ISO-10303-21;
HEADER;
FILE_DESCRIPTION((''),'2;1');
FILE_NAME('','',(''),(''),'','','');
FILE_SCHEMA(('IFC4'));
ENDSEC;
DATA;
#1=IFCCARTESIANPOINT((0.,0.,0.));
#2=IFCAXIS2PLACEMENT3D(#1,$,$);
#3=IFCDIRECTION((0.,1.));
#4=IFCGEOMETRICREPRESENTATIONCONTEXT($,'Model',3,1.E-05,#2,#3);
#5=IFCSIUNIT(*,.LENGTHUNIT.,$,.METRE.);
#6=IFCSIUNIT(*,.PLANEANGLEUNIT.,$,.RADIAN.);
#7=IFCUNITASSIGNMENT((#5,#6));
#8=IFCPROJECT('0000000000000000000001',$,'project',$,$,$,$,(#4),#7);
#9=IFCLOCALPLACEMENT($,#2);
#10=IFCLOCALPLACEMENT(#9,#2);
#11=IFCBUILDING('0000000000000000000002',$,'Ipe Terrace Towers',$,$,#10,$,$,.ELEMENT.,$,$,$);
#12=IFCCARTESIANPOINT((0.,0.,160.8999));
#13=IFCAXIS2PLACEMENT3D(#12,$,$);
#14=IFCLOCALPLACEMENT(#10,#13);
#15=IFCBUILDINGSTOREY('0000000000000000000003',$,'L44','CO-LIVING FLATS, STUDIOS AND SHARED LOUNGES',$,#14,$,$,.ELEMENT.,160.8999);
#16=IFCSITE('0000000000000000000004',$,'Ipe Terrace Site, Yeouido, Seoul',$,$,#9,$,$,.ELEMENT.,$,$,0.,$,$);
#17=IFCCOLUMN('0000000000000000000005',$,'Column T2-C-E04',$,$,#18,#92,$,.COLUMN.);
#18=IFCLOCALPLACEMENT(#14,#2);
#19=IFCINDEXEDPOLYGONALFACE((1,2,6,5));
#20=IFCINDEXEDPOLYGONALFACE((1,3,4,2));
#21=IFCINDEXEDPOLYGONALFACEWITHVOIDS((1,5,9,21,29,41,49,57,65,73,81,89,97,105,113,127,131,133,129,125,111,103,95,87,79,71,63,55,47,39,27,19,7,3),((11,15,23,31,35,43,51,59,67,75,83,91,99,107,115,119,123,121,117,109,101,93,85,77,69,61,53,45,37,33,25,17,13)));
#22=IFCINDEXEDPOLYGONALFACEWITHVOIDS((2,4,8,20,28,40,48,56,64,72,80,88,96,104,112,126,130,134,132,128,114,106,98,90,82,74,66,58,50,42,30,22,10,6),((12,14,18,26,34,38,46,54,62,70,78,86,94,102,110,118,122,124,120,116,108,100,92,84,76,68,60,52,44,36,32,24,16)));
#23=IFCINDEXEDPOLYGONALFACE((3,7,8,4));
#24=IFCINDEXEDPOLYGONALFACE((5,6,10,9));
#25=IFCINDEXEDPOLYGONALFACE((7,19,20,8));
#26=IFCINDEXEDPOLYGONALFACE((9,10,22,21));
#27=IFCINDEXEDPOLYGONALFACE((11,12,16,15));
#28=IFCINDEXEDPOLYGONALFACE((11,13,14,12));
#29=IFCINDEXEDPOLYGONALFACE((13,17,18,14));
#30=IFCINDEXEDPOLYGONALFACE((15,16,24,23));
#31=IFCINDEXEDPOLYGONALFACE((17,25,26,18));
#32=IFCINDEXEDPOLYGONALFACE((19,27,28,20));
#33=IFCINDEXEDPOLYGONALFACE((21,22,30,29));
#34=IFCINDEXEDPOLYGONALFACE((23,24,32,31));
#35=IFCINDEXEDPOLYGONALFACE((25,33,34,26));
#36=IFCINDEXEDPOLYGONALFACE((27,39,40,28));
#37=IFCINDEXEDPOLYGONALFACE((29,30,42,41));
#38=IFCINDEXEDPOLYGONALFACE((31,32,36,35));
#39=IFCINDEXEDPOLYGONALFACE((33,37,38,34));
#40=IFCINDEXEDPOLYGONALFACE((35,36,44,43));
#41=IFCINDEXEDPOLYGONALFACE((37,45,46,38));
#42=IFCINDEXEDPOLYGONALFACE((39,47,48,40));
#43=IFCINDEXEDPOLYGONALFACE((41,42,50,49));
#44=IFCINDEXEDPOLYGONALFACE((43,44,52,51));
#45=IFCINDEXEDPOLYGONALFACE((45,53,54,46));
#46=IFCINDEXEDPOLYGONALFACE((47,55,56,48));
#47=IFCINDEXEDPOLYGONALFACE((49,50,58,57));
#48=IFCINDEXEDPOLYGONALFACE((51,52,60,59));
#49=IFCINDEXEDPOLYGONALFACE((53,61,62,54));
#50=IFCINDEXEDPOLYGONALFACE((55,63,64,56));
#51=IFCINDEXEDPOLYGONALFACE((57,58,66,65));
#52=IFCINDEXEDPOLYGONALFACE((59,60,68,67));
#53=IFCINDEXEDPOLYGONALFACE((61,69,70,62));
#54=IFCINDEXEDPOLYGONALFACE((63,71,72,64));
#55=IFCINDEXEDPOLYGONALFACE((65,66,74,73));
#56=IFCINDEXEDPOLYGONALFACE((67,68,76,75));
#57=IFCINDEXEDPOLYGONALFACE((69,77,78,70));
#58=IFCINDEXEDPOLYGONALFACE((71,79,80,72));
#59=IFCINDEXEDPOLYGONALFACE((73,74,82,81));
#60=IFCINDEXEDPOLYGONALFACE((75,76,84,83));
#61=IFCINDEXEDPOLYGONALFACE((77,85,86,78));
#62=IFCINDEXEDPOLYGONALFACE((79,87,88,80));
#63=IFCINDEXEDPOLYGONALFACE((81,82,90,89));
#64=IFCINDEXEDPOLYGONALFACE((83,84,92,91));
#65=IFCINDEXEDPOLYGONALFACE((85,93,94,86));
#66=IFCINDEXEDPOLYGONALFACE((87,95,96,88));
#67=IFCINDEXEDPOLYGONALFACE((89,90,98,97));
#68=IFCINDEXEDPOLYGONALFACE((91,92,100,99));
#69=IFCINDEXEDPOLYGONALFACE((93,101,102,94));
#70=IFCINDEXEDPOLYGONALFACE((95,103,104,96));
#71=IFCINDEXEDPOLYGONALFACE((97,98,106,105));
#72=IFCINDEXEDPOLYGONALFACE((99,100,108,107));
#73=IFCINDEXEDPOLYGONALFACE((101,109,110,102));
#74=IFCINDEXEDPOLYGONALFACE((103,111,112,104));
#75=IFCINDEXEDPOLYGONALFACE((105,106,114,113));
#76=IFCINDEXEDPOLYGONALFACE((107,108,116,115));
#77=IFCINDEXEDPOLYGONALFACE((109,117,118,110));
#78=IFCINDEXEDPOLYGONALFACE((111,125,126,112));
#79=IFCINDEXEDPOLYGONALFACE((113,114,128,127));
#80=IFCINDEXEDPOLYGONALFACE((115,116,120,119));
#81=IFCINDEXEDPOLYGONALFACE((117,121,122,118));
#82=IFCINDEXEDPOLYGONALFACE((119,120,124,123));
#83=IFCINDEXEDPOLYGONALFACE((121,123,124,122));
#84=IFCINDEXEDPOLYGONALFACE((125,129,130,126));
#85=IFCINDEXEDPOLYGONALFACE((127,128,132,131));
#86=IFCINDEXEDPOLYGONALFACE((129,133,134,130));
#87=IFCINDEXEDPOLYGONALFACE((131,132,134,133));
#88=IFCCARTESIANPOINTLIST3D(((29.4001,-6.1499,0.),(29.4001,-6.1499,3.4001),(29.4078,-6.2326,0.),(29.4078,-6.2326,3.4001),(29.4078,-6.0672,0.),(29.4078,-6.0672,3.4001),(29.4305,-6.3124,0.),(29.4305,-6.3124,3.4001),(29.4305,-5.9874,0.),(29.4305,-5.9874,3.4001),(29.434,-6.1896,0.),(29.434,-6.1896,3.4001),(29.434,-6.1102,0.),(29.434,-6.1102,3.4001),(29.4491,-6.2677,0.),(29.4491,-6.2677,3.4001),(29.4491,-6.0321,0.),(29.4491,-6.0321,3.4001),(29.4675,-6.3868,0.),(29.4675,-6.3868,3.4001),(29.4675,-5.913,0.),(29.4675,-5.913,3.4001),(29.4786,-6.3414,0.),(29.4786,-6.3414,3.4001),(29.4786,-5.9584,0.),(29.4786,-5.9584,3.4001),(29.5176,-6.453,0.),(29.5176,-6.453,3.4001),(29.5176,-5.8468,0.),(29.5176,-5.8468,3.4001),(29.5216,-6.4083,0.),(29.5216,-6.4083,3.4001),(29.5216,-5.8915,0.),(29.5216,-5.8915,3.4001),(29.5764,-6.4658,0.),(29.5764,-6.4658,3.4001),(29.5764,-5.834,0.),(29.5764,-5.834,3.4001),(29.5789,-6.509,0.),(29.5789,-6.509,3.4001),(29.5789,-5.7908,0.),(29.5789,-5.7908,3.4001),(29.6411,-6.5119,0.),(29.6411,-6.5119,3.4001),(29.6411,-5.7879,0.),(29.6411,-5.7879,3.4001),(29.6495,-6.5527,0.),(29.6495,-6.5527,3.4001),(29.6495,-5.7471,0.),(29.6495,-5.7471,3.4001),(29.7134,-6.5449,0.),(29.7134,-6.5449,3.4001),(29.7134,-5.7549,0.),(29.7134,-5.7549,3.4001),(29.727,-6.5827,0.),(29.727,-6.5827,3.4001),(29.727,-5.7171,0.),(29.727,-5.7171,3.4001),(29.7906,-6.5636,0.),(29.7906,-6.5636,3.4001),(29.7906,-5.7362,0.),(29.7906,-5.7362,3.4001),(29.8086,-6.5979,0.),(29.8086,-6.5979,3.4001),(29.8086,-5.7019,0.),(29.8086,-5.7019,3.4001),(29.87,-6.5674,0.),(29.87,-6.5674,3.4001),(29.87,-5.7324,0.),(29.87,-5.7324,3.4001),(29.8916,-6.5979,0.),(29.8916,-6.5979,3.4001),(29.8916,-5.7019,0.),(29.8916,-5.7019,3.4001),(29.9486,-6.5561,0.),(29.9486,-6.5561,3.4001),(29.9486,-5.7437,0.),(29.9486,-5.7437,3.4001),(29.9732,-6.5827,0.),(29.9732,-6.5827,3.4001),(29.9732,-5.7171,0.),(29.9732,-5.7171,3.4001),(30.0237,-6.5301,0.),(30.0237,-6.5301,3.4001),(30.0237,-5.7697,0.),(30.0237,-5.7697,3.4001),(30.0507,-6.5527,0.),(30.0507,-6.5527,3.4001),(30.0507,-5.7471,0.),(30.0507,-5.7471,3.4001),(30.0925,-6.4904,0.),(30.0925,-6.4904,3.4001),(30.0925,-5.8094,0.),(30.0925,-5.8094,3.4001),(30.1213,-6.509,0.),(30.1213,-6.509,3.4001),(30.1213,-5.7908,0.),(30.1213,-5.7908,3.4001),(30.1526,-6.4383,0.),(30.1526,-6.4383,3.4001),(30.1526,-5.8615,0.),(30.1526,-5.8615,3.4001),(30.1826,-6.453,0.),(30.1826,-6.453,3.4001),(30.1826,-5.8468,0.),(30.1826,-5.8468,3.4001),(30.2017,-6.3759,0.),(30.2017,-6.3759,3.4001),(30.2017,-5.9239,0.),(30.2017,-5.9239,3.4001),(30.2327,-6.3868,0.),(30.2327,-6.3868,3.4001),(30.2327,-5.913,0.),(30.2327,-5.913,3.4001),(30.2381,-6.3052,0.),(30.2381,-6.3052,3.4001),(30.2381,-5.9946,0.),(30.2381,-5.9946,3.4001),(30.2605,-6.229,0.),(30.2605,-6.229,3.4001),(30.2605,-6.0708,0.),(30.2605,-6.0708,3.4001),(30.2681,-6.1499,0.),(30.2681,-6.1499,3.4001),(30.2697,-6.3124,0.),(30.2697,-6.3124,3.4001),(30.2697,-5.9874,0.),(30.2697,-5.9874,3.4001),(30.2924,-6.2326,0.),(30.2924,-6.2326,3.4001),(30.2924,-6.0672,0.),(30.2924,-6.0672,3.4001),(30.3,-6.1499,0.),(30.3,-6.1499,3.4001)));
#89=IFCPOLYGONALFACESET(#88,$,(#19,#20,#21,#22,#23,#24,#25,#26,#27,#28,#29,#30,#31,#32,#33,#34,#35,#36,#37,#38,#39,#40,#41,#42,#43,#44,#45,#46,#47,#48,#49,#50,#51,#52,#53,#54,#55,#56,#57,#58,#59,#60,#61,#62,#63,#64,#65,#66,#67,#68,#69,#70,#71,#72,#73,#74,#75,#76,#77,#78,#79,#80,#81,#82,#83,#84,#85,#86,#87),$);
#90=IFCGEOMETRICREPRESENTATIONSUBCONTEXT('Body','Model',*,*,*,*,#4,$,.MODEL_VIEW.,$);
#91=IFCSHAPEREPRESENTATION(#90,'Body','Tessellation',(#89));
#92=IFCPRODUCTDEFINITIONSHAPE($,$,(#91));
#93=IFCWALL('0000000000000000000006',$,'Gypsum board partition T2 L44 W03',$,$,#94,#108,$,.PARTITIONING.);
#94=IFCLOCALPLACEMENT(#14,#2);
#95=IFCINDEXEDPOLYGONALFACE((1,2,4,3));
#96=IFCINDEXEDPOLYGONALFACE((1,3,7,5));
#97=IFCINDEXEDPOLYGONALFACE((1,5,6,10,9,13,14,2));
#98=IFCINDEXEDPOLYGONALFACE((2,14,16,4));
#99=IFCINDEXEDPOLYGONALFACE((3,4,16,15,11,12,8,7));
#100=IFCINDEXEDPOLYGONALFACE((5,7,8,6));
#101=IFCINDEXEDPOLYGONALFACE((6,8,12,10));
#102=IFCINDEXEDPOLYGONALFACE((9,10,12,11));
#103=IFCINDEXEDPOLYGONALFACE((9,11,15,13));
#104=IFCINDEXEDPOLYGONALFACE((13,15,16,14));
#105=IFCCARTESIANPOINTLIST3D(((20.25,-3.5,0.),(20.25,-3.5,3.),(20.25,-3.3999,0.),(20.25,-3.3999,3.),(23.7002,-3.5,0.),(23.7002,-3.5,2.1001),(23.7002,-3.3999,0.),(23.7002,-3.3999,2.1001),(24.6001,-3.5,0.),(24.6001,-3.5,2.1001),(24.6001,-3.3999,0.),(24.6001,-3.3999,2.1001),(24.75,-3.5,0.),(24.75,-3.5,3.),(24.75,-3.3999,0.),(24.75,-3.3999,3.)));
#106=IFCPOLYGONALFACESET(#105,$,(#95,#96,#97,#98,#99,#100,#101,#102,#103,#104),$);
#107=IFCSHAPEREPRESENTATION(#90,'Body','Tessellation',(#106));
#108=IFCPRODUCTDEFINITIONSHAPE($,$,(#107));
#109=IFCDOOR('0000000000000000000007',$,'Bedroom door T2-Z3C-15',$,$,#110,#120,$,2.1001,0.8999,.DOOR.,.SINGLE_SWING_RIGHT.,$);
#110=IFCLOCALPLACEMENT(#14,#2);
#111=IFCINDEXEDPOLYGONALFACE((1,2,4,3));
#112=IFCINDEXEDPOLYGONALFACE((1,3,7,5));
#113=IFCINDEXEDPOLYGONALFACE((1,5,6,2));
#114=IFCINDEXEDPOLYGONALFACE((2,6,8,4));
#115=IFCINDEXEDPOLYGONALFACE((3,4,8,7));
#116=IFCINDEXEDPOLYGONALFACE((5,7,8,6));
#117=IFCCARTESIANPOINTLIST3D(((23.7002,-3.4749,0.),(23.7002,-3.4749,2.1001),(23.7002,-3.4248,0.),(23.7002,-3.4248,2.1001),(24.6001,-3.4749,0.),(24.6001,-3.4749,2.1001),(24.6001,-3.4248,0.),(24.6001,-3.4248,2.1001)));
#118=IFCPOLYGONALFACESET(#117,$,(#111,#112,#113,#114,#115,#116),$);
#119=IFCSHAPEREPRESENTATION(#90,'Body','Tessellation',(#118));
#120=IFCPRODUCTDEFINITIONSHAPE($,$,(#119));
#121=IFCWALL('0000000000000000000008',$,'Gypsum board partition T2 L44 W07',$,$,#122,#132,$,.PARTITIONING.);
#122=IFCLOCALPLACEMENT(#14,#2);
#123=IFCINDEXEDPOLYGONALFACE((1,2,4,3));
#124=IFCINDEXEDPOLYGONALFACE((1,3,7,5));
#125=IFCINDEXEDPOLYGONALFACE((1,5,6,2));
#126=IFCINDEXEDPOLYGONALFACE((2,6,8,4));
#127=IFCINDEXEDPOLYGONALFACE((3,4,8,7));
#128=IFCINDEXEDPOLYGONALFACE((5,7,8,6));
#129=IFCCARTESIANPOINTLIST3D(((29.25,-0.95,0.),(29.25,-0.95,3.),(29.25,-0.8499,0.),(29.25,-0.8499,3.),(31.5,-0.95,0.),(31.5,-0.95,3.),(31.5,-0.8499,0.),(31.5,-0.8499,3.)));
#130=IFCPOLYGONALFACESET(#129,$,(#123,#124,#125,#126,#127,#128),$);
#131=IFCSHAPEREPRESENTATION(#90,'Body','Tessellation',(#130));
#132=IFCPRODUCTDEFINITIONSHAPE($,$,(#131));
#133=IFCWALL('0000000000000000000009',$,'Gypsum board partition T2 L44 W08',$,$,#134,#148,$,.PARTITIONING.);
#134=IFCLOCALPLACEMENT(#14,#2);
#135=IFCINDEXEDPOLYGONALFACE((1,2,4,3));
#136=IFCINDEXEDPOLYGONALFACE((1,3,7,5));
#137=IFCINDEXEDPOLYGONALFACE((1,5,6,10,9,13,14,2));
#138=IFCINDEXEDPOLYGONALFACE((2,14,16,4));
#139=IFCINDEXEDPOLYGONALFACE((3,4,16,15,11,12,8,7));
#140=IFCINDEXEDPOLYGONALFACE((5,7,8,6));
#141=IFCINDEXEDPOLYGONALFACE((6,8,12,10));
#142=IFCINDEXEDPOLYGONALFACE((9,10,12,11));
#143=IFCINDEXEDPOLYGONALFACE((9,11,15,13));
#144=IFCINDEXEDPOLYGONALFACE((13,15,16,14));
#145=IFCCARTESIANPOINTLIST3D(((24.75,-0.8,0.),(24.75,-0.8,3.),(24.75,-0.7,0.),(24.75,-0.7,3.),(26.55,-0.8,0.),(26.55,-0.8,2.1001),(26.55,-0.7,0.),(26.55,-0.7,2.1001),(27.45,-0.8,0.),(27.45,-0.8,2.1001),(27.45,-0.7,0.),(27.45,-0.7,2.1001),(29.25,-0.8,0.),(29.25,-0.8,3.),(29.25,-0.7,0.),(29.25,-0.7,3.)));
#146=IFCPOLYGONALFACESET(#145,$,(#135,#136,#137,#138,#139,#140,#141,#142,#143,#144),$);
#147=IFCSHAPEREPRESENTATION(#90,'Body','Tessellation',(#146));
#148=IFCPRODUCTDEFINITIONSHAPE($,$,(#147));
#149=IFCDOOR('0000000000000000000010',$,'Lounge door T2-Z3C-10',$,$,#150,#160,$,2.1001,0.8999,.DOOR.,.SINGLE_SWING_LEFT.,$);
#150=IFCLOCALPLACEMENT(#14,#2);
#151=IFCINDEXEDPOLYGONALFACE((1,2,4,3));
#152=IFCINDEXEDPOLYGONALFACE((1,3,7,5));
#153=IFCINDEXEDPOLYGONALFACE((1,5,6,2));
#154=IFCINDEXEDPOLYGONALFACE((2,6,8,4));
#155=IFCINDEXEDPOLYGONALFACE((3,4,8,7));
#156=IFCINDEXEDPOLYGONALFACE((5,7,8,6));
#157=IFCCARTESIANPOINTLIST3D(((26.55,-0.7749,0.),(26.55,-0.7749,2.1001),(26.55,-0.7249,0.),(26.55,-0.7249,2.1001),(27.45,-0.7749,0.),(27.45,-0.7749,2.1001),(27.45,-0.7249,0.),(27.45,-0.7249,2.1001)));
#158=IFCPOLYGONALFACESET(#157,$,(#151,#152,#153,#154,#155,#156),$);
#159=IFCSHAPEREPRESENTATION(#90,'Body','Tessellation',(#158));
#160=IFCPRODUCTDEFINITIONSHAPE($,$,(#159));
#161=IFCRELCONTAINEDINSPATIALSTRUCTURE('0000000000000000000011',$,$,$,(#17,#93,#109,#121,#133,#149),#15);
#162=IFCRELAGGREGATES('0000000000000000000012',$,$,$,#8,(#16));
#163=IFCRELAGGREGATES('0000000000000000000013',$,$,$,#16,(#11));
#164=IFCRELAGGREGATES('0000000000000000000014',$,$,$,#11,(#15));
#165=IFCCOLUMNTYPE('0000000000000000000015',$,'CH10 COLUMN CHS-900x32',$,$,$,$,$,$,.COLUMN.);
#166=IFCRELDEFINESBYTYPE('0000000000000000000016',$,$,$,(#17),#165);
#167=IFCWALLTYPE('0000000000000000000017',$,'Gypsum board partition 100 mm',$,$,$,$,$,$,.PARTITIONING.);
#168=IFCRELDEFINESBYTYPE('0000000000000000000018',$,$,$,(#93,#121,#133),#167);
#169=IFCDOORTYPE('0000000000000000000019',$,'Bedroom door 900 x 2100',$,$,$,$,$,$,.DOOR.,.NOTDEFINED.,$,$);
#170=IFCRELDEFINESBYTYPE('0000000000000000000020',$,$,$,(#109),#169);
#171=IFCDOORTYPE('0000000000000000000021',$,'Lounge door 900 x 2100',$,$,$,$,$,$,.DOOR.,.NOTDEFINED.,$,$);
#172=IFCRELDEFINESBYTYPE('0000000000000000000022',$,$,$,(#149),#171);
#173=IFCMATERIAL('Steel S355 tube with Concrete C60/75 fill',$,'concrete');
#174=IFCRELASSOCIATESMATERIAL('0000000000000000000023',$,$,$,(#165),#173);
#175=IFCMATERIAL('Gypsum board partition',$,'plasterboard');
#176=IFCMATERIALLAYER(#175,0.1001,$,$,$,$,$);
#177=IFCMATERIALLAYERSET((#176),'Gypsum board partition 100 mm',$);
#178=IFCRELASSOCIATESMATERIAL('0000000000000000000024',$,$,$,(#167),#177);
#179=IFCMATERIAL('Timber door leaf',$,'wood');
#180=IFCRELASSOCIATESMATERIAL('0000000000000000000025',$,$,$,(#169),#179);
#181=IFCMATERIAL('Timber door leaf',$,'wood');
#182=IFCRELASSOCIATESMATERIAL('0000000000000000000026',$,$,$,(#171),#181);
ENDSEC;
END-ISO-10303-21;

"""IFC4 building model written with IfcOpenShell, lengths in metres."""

from ifc_helpers import new_model, si_unit, direction, frame, frame_2d, origin, origin_2d, place, context, subcontext, project, spatial, rectangle, hollow_circle, extrude, material, layer, layer_set, material_profile, profile_set, type_object, element, fill, save


model = new_model("IFC4")

# Units and contexts
model_context = context("Model", 3, precision=1e-05, world=origin(), true_north=direction((0.0, 1.0)))
body_context = subcontext(model_context, "Body", "Model", "MODEL_VIEW")
ifc_project = project(units=[si_unit("LENGTHUNIT", "METRE"), si_unit("PLANEANGLEUNIT", "RADIAN")], contexts=[model_context])

# Site, building, storey
site_placement = place(None, origin())
site = spatial("IfcSite", under=ifc_project, at=site_placement, Name="Ipe Terrace Site, Yeouido, Seoul", CompositionType="ELEMENT", RefElevation=0.0)
building_placement = place(site_placement, origin())
building = spatial("IfcBuilding", under=site, at=building_placement, Name="Ipe Terrace Towers", CompositionType="ELEMENT")
storey_placement = place(building_placement, frame((0.0, 0.0, 160.8999)))
storey = spatial("IfcBuildingStorey", under=building, at=storey_placement, Name="L44", Description="CO-LIVING FLATS, STUDIOS AND SHARED LOUNGES", CompositionType="ELEMENT", Elevation=160.8999)

# Column
ifc_material_1 = material(Name="Steel S355 tube with Concrete C60/75 fill", Category="concrete")
ifc_material_profile = material_profile(ifc_material_1, hollow_circle(Radius=0.45, WallThickness=0.032, at=origin_2d()), Name="CHS-900x32")
ifc_profile_set = profile_set([ifc_material_profile], Name="Steel S355 tube with Concrete C60/75 fill")
column_type = type_object("IfcColumnType", Name="CH10 COLUMN CHS-900x32", PredefinedType="COLUMN", material=ifc_profile_set)
column_placement = place(storey_placement, frame((29.8501, -6.1499, 0.0), z_axis=(0.0, 0.0, 1.0), x_axis=(1.0, 0.0, 0.0)))
element("IfcColumn", 1, at=column_placement, inside=storey, type_object=column_type, Name="Column T2-C-E04", PredefinedType="COLUMN", context=body_context, shape_type="SweptSolid", body=[
    extrude(hollow_circle(Radius=0.45, WallThickness=0.032, at=origin_2d()), origin(), (0.0, 0.0, 1.0), 3.4001),
])

# Wall, opening, door
ifc_material_2 = material(Name="Gypsum board partition", Category="plasterboard")
ifc_layer_1 = layer(ifc_material_2, 0.1001)
ifc_layer_set_1 = layer_set([ifc_layer_1], Name="Gypsum board partition 100 mm")
wall_type_1 = type_object("IfcWallType", Name="Gypsum board partition 100 mm", PredefinedType="PARTITIONING", material=ifc_layer_set_1)
wall_1_placement = place(storey_placement, frame((24.75, -3.45, 0.0), z_axis=(0.0, 0.0, 1.0), x_axis=(-1.0, 0.0, 0.0)))
wall_1 = element("IfcWall", 2, at=wall_1_placement, inside=storey, type_object=wall_type_1, Name="Gypsum board partition T2 L44 W03", PredefinedType="PARTITIONING", context=body_context, shape_type="SweptSolid", body=[
    extrude(rectangle(XDim=4.5, YDim=0.1001, at=frame_2d((2.25, 0.0))), origin(), (0.0, 0.0, 1.0), 3.0),
])
opening_1_placement = place(wall_1_placement, frame((0.1499, 0.0, 0.0)))
opening_1 = element("IfcOpeningElement", 3, at=opening_1_placement, cuts=wall_1, PredefinedType="OPENING", context=body_context, shape_type="SweptSolid", body=[
    extrude(rectangle(XDim=0.8999, YDim=2.1001, at=frame_2d((0.45, 1.05))), frame((0.0, 0.0601, 0.0), z_axis=(0.0, -1.0, 0.0), x_axis=(1.0, 0.0, 0.0)), (0.0, 0.0, 1.0), 0.1201),
])
ifc_material_3 = material(Name="Timber door leaf", Category="wood")
door_type_1 = type_object("IfcDoorType", Name="Bedroom door 900 x 2100", OperationType="NOTDEFINED", PredefinedType="DOOR", material=ifc_material_3)
door_1_placement = place(opening_1_placement, origin())
door_1 = element("IfcDoor", 4, at=door_1_placement, inside=storey, type_object=door_type_1, Name="Bedroom door T2-Z3C-15", OperationType="SINGLE_SWING_RIGHT", OverallHeight=2.1001, OverallWidth=0.8999, PredefinedType="DOOR", context=body_context, shape_type="SweptSolid", body=[
    extrude(rectangle(XDim=0.8999, YDim=2.1001, at=frame_2d((0.45, 1.05))), frame((0.0, 0.0249, 0.0), z_axis=(0.0, -1.0, 0.0), x_axis=(1.0, 0.0, 0.0)), (0.0, 0.0, 1.0), 0.05),
])
fill(opening_1, door_1)

# Wall
wall_2_placement = place(storey_placement, frame((31.5, -0.8999, 0.0), z_axis=(0.0, 0.0, 1.0), x_axis=(-1.0, 0.0, 0.0)))
element("IfcWall", 5, at=wall_2_placement, inside=storey, type_object=wall_type_1, Name="Gypsum board partition T2 L44 W07", PredefinedType="PARTITIONING", context=body_context, shape_type="SweptSolid", body=[
    extrude(rectangle(XDim=2.25, YDim=0.1001, at=frame_2d((1.125, 0.0))), origin(), (0.0, 0.0, 1.0), 3.0),
])

# Wall, opening, door
wall_3_placement = place(storey_placement, frame((29.25, -0.75, 0.0), z_axis=(0.0, 0.0, 1.0), x_axis=(-1.0, 0.0, 0.0)))
wall_3 = element("IfcWall", 6, at=wall_3_placement, inside=storey, type_object=wall_type_1, Name="Gypsum board partition T2 L44 W08", PredefinedType="PARTITIONING", context=body_context, shape_type="SweptSolid", body=[
    extrude(rectangle(XDim=4.5, YDim=0.1001, at=frame_2d((2.25, 0.0))), origin(), (0.0, 0.0, 1.0), 3.0),
])
opening_2_placement = place(wall_3_placement, frame((1.8, 0.0, 0.0)))
opening_2 = element("IfcOpeningElement", 7, at=opening_2_placement, cuts=wall_3, PredefinedType="OPENING", context=body_context, shape_type="SweptSolid", body=[
    extrude(rectangle(XDim=0.8999, YDim=2.1001, at=frame_2d((0.45, 1.05))), frame((0.0, 0.0601, 0.0), z_axis=(0.0, -1.0, 0.0), x_axis=(1.0, 0.0, 0.0)), (0.0, 0.0, 1.0), 0.1201),
])
ifc_material_4 = material(Name="Timber door leaf", Category="wood")
door_type_2 = type_object("IfcDoorType", Name="Lounge door 900 x 2100", OperationType="NOTDEFINED", PredefinedType="DOOR", material=ifc_material_4)
door_2_placement = place(opening_2_placement, origin())
door_2 = element("IfcDoor", 8, at=door_2_placement, inside=storey, type_object=door_type_2, Name="Lounge door T2-Z3C-10", OperationType="SINGLE_SWING_LEFT", OverallHeight=2.1001, OverallWidth=0.8999, PredefinedType="DOOR", context=body_context, shape_type="SweptSolid", body=[
    extrude(rectangle(XDim=0.8999, YDim=2.1001, at=frame_2d((0.45, 1.05))), frame((0.0, 0.0249, 0.0), z_axis=(0.0, -1.0, 0.0), x_axis=(1.0, 0.0, 0.0)), (0.0, 0.0, 1.0), 0.05),
])
fill(opening_2, door_2)

save(model, "model.ifc")
